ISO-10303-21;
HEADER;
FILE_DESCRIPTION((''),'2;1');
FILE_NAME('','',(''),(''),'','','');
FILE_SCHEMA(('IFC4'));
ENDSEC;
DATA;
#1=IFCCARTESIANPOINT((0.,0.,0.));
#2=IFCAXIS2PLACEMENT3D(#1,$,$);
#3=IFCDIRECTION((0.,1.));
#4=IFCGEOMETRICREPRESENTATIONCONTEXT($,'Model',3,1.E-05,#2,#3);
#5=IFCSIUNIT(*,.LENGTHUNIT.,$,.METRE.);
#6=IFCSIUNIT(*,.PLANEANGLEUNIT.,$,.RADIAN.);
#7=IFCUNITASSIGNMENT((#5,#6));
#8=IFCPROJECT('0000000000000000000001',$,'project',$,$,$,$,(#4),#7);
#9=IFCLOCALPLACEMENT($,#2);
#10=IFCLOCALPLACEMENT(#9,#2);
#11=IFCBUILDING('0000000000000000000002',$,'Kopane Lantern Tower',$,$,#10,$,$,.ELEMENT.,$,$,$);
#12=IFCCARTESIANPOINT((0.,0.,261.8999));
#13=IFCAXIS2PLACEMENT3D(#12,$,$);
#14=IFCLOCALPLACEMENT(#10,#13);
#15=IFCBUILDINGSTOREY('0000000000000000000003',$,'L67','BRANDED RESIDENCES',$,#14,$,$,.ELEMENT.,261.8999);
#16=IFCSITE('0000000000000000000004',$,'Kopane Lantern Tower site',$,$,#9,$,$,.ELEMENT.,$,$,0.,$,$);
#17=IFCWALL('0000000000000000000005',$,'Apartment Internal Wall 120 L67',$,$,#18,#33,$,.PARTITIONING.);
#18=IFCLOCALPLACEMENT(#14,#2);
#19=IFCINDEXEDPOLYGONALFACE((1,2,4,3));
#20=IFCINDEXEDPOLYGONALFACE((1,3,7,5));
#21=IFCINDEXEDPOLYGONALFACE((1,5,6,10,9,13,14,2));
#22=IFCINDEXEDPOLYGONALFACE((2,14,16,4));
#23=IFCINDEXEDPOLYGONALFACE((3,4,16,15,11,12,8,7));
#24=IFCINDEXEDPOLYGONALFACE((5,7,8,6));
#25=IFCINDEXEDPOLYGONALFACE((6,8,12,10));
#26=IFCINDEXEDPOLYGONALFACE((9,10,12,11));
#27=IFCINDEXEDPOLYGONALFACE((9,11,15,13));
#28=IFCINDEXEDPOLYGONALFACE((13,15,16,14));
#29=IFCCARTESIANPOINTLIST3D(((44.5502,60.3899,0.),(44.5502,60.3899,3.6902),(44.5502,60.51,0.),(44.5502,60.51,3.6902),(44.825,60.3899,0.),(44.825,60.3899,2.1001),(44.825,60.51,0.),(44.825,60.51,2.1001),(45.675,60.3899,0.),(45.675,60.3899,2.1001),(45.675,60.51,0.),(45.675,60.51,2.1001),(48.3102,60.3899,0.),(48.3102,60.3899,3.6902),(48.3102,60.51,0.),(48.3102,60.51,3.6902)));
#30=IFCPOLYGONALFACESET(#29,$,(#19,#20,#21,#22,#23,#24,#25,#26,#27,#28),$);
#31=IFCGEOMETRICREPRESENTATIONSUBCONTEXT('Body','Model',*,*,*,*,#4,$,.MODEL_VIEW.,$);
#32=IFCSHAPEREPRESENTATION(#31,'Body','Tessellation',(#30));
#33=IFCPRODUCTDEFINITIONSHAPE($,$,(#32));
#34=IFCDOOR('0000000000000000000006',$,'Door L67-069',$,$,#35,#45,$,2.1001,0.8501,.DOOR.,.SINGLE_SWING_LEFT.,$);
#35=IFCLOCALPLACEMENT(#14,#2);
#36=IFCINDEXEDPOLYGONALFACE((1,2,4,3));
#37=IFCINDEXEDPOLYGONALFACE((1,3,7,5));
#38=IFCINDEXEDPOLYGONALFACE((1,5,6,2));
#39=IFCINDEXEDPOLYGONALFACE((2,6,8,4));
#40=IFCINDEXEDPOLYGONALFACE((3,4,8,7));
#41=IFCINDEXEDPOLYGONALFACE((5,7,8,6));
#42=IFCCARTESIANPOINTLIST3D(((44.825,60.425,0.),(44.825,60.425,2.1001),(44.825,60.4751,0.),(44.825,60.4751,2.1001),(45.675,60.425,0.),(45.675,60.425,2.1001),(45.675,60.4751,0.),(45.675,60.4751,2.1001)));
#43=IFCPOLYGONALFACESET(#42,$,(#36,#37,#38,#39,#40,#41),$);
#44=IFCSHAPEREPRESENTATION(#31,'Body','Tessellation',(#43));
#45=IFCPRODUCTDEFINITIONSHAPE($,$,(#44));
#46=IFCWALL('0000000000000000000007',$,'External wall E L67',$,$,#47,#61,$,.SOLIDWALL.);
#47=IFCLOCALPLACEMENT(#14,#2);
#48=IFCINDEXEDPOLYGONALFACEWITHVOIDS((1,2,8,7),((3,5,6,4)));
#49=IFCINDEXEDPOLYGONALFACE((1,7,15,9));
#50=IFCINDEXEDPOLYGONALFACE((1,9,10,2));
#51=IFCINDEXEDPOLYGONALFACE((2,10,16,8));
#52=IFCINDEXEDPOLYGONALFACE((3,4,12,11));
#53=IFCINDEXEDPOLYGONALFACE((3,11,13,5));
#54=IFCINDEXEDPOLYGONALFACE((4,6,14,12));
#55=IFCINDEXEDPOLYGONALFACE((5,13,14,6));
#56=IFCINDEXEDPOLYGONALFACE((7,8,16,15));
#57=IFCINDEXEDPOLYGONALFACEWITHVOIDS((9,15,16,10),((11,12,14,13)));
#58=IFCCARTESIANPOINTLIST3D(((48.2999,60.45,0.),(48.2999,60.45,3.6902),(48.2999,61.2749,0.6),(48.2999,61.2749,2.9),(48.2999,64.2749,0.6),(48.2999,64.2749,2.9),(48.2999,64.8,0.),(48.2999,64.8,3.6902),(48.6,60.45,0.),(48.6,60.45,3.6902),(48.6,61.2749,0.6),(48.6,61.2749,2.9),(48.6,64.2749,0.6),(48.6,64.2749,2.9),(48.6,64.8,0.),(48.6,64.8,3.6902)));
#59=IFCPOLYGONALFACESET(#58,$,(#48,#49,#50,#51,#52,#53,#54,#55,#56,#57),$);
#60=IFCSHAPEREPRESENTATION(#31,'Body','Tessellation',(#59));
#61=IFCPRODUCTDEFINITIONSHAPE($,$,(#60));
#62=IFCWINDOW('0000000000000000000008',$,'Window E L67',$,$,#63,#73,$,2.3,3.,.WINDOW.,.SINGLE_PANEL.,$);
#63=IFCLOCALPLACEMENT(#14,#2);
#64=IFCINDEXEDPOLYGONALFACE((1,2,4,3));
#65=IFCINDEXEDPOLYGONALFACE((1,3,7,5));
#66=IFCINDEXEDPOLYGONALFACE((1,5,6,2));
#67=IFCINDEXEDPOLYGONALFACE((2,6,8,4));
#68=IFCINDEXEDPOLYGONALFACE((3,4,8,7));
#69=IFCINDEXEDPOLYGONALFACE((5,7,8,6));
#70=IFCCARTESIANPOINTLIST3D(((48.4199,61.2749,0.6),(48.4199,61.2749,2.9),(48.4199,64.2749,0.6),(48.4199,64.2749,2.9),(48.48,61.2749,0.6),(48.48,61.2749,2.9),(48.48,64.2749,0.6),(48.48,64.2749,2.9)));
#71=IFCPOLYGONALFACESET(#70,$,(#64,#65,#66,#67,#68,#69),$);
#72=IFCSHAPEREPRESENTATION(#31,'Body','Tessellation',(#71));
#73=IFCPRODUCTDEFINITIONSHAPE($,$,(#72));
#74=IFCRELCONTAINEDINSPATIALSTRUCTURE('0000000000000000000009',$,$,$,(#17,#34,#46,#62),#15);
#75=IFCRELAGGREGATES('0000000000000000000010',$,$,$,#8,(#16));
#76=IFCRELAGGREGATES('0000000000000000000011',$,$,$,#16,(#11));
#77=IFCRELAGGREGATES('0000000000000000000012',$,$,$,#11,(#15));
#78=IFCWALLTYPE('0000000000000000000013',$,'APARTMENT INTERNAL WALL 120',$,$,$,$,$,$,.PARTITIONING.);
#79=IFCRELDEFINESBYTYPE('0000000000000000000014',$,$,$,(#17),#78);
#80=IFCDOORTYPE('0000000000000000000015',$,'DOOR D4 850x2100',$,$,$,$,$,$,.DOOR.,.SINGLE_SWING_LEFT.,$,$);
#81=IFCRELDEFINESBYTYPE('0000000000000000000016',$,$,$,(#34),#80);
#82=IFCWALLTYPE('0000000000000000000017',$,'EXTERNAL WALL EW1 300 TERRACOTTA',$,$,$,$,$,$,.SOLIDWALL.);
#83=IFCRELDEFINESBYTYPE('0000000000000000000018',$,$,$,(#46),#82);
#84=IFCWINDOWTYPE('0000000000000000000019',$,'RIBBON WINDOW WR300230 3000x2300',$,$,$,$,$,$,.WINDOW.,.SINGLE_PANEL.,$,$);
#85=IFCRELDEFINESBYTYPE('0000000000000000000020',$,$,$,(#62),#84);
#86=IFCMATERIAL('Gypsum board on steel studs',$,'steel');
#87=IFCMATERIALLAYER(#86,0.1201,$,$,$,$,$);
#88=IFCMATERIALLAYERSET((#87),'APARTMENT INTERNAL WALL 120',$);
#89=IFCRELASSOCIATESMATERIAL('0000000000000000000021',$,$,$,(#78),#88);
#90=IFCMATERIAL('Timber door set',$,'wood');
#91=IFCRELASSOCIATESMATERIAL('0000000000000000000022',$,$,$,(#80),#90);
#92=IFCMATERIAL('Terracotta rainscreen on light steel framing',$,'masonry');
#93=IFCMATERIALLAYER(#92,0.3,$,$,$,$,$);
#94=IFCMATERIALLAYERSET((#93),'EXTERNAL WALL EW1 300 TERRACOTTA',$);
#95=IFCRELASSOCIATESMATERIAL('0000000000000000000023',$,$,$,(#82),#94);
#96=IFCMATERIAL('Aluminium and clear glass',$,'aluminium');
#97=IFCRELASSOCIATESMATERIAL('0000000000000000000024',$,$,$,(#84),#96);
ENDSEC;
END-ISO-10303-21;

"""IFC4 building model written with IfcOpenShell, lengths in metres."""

from ifc_helpers import new_model, si_unit, direction, frame, frame_2d, origin, place, context, subcontext, project, spatial, rectangle, extrude, material, layer, layer_set, type_object, element, fill, save


model = new_model("IFC4")

# Units and contexts
model_context = context("Model", 3, precision=1e-05, world=origin(), true_north=direction((0.0, 1.0)))
body_context = subcontext(model_context, "Body", "Model", "MODEL_VIEW")
ifc_project = project(units=[si_unit("LENGTHUNIT", "METRE"), si_unit("PLANEANGLEUNIT", "RADIAN")], contexts=[model_context])

# Site, building, storey
site_placement = place(None, origin())
site = spatial("IfcSite", under=ifc_project, at=site_placement, Name="Kopane Lantern Tower site", CompositionType="ELEMENT", RefElevation=0.0)
building_placement = place(site_placement, origin())
building = spatial("IfcBuilding", under=site, at=building_placement, Name="Kopane Lantern Tower", CompositionType="ELEMENT")
storey_placement = place(building_placement, frame((0.0, 0.0, 261.8999)))
storey = spatial("IfcBuildingStorey", under=building, at=storey_placement, Name="L67", Description="BRANDED RESIDENCES", CompositionType="ELEMENT", Elevation=261.8999)

# Shared definitions
ifc_material_1 = material(Name="Gypsum board on steel studs", Category="steel")
ifc_layer_1 = layer(ifc_material_1, 0.1201)
ifc_layer_set_1 = layer_set([ifc_layer_1], Name="APARTMENT INTERNAL WALL 120")
wall_type_1 = type_object("IfcWallType", Name="APARTMENT INTERNAL WALL 120", PredefinedType="PARTITIONING", material=ifc_layer_set_1)
ifc_material_2 = material(Name="Timber door set", Category="wood")
door_type = type_object("IfcDoorType", Name="DOOR D4 850x2100", OperationType="SINGLE_SWING_LEFT", PredefinedType="DOOR", material=ifc_material_2)

# Wall, opening, door
wall_1_placement = place(storey_placement, frame((48.3101, 60.45, 0.0), z_axis=(0.0, 0.0, 1.0), x_axis=(-1.0, 0.0, 0.0)))
wall_1 = element("IfcWall", 1, at=wall_1_placement, inside=storey, type_object=wall_type_1, Name="Apartment Internal Wall 120 L67", PredefinedType="PARTITIONING", context=body_context, shape_type="SweptSolid", body=[
    extrude(rectangle(XDim=3.76, YDim=0.1201, at=frame_2d((1.8799, 0.0))), origin(), (0.0, 0.0, 1.0), 3.6902),
])
opening_1_placement = place(wall_1_placement, frame((2.635, 0.0, 0.0)))
opening_1 = element("IfcOpeningElement", 2, at=opening_1_placement, cuts=wall_1, PredefinedType="OPENING", context=body_context, shape_type="SweptSolid", body=[
    extrude(rectangle(XDim=0.8501, YDim=2.1001, at=frame_2d((0.425, 1.05))), frame((0.0, 0.0701, 0.0), z_axis=(0.0, -1.0, 0.0), x_axis=(1.0, 0.0, 0.0)), (0.0, 0.0, 1.0), 0.1401),
])
door_1_placement = place(opening_1_placement, origin())
door_1 = element("IfcDoor", 3, at=door_1_placement, inside=storey, type_object=door_type, Name="Door L67-069", OperationType="SINGLE_SWING_LEFT", OverallHeight=2.1001, OverallWidth=0.8501, PredefinedType="DOOR", context=body_context, shape_type="SweptSolid", body=[
    extrude(rectangle(XDim=0.8501, YDim=2.1001, at=frame_2d((0.425, 1.05))), frame((0.0, 0.0249, 0.0), z_axis=(0.0, -1.0, 0.0), x_axis=(1.0, 0.0, 0.0)), (0.0, 0.0, 1.0), 0.05),
])
fill(opening_1, door_1)

# Wall, opening, window
ifc_material_3 = material(Name="Terracotta rainscreen on light steel framing", Category="masonry")
ifc_layer_2 = layer(ifc_material_3, 0.3)
ifc_layer_set_2 = layer_set([ifc_layer_2], Name="EXTERNAL WALL EW1 300 TERRACOTTA")
wall_type_2 = type_object("IfcWallType", Name="EXTERNAL WALL EW1 300 TERRACOTTA", PredefinedType="SOLIDWALL", material=ifc_layer_set_2)
wall_2_placement = place(storey_placement, frame((48.45, 60.45, 0.0), z_axis=(0.0, 0.0, 1.0), x_axis=(0.0, 1.0, 0.0)))
wall_2 = element("IfcWall", 4, at=wall_2_placement, inside=storey, type_object=wall_type_2, Name="External wall E L67", PredefinedType="SOLIDWALL", context=body_context, shape_type="SweptSolid", body=[
    extrude(rectangle(XDim=4.3501, YDim=0.3, at=frame_2d((2.175, 0.0))), origin(), (0.0, 0.0, 1.0), 3.6902),
])
opening_2_placement = place(wall_2_placement, frame((0.825, 0.0, 0.6001)))
opening_2 = element("IfcOpeningElement", 5, at=opening_2_placement, cuts=wall_2, PredefinedType="OPENING", context=body_context, shape_type="SweptSolid", body=[
    extrude(rectangle(XDim=3.0, YDim=2.3, at=frame_2d((1.5, 1.1499))), frame((0.0, 0.1599, 0.0), z_axis=(0.0, -1.0, 0.0), x_axis=(1.0, 0.0, 0.0)), (0.0, 0.0, 1.0), 0.3201),
])
ifc_material_4 = material(Name="Aluminium and clear glass", Category="aluminium")
window_type_1 = type_object("IfcWindowType", Name="RIBBON WINDOW WR300230 3000x2300", PartitioningType="SINGLE_PANEL", PredefinedType="WINDOW", material=ifc_material_4)
window_1_placement = place(opening_2_placement, origin())
window_1 = element("IfcWindow", 6, at=window_1_placement, inside=storey, type_object=window_type_1, Name="Window E L67", OverallHeight=2.3, OverallWidth=3.0, PartitioningType="SINGLE_PANEL", PredefinedType="WINDOW", context=body_context, shape_type="SweptSolid", body=[
    extrude(rectangle(XDim=3.0, YDim=2.3, at=frame_2d((1.5, 1.1499))), frame((0.0, 0.03, 0.0), z_axis=(0.0, -1.0, 0.0), x_axis=(1.0, 0.0, 0.0)), (0.0, 0.0, 1.0), 0.0601),
])
fill(opening_2, window_1)

save(model, "model.ifc")
